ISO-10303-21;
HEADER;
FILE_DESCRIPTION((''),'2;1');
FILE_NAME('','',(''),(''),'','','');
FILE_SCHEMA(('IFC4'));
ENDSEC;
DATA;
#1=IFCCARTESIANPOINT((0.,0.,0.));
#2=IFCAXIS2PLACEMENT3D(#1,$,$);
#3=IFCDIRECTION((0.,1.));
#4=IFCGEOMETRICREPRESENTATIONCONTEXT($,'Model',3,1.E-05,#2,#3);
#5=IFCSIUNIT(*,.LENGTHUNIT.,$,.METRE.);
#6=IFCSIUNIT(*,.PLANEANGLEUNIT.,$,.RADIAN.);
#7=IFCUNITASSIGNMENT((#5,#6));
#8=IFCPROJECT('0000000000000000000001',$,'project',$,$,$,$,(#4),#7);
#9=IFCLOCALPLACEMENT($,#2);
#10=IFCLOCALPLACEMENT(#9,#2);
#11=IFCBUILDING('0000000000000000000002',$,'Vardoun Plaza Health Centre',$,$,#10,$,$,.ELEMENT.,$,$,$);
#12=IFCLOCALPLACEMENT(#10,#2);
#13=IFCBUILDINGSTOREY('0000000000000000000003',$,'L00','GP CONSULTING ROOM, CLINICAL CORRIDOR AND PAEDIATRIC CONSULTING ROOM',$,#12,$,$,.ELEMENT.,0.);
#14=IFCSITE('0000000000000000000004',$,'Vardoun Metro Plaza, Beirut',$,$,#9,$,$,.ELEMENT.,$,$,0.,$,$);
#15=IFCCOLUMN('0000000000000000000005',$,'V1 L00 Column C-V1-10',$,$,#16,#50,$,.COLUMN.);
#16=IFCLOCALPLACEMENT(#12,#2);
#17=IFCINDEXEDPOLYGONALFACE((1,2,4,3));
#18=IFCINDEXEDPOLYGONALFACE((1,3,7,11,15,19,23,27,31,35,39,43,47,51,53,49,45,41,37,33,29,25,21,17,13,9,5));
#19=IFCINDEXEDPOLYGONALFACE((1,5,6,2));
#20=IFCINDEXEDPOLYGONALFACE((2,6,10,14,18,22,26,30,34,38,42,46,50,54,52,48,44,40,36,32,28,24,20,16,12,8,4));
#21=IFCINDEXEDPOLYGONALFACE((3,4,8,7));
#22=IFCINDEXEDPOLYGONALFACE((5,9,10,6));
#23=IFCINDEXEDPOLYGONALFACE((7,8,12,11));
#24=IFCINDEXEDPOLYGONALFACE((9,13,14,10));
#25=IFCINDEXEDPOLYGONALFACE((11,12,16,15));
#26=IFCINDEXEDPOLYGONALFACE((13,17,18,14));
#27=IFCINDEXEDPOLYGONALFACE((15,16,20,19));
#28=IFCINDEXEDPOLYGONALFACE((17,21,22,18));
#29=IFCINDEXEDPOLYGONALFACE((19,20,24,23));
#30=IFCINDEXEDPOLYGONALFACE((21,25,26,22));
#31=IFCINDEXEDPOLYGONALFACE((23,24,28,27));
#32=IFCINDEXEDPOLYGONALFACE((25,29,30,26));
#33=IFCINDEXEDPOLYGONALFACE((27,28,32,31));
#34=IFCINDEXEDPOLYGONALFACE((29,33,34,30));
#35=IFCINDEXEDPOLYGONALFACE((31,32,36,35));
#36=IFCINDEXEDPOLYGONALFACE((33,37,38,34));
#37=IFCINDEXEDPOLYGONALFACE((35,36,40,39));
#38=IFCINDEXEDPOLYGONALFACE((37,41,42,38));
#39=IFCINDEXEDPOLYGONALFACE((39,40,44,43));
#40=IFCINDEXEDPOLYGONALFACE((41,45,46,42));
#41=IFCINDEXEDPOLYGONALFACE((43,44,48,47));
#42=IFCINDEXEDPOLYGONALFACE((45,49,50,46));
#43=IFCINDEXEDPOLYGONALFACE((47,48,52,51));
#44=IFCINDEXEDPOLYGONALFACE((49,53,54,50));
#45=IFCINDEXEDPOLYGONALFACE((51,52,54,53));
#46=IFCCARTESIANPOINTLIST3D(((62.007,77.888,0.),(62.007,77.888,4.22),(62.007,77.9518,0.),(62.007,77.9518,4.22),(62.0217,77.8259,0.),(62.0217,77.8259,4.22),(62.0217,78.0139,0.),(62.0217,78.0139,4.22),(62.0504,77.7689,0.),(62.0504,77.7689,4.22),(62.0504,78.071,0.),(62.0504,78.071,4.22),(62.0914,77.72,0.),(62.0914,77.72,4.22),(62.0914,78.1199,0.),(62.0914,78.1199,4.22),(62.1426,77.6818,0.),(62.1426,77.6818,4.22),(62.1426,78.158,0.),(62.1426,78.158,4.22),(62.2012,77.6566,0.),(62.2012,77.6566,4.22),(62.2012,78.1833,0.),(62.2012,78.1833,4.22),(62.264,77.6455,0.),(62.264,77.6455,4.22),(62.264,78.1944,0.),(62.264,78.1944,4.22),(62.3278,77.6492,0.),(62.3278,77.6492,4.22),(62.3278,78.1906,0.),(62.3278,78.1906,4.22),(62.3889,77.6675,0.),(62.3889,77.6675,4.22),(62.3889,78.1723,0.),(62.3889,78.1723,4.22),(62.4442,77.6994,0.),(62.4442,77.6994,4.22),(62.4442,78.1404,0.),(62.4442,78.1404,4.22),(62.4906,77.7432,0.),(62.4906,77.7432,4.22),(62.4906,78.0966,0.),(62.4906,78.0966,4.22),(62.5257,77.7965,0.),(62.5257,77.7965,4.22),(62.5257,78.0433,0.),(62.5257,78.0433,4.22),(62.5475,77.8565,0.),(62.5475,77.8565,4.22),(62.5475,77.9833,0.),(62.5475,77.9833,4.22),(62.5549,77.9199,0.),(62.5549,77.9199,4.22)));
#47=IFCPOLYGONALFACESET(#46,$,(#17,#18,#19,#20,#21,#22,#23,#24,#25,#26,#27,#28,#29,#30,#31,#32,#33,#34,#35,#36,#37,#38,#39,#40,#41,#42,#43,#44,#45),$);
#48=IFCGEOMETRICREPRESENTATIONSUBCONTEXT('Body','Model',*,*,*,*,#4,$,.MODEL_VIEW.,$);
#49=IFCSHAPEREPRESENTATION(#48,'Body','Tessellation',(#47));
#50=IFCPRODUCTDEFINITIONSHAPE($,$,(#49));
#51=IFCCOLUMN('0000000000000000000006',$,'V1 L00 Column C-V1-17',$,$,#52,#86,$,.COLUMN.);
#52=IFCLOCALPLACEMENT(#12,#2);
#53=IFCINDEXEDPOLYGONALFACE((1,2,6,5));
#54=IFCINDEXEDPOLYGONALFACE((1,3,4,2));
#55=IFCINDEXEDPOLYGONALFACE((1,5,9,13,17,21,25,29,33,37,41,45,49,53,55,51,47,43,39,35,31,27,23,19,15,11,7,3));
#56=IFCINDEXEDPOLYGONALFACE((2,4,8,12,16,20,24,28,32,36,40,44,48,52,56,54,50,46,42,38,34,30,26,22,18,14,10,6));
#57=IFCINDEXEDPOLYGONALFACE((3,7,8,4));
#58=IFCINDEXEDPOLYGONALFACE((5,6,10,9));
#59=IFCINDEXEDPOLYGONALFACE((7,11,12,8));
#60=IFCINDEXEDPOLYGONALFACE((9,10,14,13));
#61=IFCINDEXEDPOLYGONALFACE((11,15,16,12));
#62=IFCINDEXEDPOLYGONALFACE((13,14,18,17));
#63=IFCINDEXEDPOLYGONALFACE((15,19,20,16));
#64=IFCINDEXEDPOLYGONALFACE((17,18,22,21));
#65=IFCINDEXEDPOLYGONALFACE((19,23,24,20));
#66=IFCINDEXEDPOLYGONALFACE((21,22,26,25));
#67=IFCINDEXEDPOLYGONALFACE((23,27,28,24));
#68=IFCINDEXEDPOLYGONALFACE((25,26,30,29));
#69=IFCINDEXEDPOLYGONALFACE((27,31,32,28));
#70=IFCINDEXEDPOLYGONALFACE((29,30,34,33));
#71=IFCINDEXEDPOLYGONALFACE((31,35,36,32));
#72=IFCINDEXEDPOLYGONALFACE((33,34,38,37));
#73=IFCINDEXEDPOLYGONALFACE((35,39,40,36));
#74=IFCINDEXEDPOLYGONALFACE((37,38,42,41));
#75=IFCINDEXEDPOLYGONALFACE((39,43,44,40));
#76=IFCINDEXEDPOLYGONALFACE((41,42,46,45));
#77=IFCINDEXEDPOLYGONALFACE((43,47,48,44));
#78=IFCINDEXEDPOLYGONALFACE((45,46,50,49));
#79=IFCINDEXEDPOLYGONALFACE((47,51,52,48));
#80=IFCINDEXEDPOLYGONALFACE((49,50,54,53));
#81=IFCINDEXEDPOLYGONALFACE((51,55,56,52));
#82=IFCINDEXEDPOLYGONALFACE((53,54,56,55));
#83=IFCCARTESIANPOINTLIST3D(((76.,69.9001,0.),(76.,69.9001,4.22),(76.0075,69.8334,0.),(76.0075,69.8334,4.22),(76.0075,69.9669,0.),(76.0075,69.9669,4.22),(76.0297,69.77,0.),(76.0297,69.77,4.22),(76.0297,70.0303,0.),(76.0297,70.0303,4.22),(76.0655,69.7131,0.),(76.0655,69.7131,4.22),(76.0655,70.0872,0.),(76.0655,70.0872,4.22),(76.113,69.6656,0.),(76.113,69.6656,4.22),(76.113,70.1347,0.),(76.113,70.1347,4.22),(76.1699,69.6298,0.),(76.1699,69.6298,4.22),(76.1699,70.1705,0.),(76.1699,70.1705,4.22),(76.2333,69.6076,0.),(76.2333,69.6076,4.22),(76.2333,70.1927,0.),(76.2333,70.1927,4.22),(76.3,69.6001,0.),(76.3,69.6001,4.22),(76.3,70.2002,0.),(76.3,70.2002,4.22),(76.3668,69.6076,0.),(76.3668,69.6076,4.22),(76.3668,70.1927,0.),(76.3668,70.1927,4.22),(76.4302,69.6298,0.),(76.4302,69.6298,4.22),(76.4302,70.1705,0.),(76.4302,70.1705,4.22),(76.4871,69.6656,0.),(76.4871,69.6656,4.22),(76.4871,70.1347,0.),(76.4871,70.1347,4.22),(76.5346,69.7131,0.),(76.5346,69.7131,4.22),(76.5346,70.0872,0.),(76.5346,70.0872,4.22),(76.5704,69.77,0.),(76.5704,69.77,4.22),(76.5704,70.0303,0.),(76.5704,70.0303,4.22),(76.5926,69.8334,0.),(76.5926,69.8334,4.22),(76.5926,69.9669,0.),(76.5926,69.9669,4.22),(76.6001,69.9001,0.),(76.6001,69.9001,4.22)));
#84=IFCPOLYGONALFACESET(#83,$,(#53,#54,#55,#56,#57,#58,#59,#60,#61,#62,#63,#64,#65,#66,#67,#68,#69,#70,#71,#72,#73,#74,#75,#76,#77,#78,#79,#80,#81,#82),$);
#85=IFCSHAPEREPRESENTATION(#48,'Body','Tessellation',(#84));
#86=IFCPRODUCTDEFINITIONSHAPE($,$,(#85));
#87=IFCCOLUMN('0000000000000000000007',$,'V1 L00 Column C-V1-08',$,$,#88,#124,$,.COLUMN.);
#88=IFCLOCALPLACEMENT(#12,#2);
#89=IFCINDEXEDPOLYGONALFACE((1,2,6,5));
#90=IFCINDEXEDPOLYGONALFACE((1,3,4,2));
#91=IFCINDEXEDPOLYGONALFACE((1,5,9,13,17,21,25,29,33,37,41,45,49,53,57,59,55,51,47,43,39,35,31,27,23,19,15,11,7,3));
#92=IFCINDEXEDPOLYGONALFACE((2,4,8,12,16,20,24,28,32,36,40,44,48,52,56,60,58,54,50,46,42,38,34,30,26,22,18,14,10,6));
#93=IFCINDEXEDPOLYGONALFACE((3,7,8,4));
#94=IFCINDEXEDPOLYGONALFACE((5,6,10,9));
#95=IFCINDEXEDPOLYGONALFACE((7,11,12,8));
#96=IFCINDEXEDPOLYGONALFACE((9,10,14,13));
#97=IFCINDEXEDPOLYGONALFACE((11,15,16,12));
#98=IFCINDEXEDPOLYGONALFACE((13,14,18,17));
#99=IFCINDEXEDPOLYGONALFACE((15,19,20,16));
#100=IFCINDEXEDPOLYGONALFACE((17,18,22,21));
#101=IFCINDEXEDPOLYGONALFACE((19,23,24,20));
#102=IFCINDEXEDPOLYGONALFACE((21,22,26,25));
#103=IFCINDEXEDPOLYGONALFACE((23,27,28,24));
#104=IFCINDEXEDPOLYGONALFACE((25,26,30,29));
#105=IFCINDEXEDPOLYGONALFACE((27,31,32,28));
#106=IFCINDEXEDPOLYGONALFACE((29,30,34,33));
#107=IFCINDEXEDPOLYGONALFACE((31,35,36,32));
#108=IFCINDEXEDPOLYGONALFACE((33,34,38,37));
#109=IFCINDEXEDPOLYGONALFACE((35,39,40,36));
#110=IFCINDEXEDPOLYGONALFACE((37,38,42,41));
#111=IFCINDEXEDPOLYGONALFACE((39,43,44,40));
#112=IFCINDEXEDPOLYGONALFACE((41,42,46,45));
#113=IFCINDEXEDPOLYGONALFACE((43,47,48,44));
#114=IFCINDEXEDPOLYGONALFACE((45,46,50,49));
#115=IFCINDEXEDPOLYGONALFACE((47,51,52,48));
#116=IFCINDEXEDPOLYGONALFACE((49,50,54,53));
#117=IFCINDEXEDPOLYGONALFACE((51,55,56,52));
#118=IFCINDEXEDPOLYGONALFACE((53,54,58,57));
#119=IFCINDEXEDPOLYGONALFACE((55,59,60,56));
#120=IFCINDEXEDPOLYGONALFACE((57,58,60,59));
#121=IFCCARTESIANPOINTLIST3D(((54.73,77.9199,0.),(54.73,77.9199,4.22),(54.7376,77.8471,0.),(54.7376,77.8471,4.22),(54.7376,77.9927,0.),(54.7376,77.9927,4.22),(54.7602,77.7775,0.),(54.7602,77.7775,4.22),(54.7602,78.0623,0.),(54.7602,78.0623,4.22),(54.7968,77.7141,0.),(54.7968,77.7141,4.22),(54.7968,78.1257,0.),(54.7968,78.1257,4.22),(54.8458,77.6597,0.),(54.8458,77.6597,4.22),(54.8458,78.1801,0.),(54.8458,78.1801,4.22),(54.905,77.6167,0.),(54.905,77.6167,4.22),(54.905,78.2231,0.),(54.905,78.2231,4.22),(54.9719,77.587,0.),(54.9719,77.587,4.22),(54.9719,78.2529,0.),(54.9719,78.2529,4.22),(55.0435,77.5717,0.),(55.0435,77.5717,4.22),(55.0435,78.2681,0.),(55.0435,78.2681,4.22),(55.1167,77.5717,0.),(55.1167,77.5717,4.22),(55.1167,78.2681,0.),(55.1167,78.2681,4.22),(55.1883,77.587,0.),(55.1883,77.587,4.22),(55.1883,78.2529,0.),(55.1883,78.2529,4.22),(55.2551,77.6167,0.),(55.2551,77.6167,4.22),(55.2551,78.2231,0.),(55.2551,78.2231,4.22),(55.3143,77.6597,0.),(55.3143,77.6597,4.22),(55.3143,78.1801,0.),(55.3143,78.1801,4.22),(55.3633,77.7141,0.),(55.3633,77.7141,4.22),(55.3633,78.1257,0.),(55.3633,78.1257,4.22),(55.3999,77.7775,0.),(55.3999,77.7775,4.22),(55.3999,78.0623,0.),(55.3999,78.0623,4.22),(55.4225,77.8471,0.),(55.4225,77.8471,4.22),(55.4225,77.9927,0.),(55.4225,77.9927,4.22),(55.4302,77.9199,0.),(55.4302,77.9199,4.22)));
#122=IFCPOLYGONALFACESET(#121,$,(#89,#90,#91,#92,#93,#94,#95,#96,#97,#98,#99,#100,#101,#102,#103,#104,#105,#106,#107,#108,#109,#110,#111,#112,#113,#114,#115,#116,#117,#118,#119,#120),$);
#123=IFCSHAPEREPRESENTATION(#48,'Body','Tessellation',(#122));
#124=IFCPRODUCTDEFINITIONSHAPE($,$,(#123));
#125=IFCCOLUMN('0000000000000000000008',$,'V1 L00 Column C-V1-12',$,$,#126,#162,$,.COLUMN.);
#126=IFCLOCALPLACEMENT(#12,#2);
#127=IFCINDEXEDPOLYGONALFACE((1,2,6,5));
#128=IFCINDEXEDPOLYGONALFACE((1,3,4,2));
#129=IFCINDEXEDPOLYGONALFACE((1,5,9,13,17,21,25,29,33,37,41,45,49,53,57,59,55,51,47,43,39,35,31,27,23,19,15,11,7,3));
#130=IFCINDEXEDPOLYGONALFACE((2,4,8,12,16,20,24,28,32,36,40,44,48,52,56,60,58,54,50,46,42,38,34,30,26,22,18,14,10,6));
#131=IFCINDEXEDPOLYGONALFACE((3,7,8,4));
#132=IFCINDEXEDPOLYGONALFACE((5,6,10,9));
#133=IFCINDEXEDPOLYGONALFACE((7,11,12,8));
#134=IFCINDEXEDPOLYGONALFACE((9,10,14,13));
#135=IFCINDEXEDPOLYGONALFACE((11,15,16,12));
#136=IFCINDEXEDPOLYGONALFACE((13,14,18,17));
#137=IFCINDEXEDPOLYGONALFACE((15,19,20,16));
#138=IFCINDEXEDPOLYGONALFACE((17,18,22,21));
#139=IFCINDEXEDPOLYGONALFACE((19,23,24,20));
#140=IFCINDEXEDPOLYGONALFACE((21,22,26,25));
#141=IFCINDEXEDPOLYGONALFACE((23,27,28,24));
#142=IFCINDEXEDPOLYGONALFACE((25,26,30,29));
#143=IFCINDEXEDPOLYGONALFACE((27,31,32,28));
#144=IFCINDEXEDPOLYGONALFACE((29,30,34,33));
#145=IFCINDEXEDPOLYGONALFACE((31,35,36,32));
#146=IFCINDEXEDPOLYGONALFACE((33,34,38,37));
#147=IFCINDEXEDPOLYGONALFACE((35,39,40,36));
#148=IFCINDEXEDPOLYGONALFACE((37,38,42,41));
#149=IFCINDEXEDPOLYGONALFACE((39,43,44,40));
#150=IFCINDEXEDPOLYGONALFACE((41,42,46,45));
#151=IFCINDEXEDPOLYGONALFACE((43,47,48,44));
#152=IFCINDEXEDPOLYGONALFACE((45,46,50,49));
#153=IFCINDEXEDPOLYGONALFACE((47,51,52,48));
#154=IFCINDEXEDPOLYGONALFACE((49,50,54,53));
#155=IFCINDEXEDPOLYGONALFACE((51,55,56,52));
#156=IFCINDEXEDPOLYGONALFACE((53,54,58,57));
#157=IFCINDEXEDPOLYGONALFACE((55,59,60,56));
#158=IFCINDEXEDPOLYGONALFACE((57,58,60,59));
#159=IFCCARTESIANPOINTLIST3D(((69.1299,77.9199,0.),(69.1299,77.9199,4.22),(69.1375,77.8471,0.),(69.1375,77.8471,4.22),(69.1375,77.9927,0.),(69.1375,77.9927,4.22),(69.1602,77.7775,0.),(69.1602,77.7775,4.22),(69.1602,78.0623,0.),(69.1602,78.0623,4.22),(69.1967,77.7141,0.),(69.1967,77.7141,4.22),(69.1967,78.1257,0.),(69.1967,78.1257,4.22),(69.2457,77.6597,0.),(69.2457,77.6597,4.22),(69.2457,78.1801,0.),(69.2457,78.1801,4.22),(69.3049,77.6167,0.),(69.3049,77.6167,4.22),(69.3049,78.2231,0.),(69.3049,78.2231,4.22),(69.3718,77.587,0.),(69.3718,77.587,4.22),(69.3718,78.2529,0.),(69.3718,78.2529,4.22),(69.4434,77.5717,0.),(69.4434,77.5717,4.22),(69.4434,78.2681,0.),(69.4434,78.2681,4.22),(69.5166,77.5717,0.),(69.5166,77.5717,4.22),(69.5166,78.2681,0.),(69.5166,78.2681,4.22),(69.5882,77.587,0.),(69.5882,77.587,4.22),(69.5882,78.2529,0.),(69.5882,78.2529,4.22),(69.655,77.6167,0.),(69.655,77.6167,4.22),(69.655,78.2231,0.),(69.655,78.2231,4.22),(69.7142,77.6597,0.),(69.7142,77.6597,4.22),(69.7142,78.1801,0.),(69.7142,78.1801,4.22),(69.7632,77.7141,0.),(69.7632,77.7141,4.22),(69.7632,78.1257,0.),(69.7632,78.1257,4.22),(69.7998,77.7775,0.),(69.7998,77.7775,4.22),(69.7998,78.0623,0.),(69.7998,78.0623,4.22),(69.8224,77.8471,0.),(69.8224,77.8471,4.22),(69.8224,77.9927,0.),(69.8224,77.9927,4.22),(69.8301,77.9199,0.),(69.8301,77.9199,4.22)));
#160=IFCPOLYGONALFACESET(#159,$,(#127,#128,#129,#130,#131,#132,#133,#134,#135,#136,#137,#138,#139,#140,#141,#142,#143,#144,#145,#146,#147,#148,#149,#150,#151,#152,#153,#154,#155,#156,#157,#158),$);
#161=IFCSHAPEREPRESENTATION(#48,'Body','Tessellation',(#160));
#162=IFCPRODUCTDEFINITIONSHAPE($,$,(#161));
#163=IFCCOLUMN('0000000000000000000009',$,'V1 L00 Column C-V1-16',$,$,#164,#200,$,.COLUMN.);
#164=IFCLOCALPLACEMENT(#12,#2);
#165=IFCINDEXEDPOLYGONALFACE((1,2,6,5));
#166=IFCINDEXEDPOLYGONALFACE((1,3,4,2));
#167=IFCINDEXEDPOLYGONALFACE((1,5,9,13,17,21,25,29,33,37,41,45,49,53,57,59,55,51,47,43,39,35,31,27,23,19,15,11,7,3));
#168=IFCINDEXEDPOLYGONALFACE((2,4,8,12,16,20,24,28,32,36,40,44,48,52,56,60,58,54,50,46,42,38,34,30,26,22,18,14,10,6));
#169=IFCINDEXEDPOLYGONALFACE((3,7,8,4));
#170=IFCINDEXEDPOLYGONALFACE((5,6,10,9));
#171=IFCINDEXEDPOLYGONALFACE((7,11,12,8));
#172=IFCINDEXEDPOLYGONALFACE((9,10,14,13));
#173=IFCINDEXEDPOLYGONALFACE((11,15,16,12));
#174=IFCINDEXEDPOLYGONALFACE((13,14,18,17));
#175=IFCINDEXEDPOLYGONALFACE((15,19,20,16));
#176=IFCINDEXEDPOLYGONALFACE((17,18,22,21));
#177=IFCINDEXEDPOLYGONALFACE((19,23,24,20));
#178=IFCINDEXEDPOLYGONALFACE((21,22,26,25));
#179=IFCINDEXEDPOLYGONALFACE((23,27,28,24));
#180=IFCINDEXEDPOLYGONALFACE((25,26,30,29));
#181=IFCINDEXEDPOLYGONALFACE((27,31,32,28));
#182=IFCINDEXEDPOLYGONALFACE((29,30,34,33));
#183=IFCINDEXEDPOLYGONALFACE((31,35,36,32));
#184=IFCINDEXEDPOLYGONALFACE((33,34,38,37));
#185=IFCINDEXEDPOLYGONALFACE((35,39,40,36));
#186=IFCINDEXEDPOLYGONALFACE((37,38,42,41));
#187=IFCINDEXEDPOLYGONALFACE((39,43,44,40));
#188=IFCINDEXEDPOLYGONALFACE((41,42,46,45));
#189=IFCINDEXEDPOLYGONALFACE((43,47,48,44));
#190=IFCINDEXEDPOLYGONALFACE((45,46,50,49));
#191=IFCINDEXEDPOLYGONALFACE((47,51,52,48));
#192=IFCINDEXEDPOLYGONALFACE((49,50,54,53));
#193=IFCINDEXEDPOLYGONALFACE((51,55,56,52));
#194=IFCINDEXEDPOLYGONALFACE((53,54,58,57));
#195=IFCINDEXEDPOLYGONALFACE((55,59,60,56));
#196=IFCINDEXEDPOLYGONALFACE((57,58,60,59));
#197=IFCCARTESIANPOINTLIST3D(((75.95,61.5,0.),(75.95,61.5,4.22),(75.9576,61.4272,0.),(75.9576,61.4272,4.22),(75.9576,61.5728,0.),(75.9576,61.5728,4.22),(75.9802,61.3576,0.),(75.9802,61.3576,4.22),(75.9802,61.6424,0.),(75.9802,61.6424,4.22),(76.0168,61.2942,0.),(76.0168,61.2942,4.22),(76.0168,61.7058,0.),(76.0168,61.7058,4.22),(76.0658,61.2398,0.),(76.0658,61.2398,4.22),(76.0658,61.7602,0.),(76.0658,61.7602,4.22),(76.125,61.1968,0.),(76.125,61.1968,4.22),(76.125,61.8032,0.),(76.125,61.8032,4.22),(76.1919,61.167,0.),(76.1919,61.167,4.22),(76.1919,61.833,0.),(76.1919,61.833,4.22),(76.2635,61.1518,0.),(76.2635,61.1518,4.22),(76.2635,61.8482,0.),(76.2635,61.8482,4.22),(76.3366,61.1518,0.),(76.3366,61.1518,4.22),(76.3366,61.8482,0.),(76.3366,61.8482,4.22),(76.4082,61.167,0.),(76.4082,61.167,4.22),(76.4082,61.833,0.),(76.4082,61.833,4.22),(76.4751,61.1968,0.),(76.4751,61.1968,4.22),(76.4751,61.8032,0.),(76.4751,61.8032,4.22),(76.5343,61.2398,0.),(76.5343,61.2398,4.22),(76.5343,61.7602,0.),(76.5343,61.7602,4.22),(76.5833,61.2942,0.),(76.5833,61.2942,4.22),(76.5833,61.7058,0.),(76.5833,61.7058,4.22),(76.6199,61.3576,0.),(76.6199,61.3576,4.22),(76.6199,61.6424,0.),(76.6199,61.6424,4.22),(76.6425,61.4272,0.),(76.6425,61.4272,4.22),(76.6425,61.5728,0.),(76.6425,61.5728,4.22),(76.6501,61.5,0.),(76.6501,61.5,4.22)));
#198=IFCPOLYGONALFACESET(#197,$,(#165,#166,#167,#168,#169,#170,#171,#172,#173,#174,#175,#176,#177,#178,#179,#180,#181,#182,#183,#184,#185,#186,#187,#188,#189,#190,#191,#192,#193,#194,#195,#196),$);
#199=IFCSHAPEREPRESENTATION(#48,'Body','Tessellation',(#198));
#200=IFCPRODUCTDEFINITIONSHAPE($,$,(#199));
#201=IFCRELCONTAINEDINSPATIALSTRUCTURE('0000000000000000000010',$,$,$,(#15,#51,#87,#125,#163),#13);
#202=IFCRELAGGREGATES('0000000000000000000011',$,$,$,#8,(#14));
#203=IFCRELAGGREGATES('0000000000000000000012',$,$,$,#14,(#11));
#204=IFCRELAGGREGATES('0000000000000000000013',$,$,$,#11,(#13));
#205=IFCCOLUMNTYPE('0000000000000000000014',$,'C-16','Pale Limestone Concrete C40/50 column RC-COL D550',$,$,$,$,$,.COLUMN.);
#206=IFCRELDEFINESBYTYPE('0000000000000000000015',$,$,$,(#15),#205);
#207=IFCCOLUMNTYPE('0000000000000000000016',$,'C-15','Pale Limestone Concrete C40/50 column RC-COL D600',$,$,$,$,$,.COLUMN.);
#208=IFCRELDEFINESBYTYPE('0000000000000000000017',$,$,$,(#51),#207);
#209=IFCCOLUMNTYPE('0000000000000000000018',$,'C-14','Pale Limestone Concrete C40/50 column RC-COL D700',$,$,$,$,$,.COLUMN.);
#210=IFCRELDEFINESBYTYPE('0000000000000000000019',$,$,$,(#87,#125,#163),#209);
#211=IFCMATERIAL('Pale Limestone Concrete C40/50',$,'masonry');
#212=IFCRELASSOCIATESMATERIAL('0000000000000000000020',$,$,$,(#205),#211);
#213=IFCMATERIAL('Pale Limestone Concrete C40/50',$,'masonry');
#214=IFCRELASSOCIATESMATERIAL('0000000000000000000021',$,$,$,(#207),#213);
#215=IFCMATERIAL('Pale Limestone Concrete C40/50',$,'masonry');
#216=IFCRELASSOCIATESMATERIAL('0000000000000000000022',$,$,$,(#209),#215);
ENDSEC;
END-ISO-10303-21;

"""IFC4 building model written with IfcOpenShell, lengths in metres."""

from ifc_helpers import new_model, si_unit, direction, frame, origin, origin_2d, place, context, subcontext, project, spatial, circle, extrude, material, material_profile, profile_set, type_object, element, save


model = new_model("IFC4")

# Units and contexts
model_context = context("Model", 3, precision=1e-05, world=origin(), true_north=direction((0.0, 1.0)))
body_context = subcontext(model_context, "Body", "Model", "MODEL_VIEW")
ifc_project = project(units=[si_unit("LENGTHUNIT", "METRE"), si_unit("PLANEANGLEUNIT", "RADIAN")], contexts=[model_context])

# Site, building, storey
site_placement = place(None, origin())
site = spatial("IfcSite", under=ifc_project, at=site_placement, Name="Vardoun Metro Plaza, Beirut", CompositionType="ELEMENT", RefElevation=0.0)
building_placement = place(site_placement, origin())
building = spatial("IfcBuilding", under=site, at=building_placement, Name="Vardoun Plaza Health Centre", CompositionType="ELEMENT")
storey_placement = place(building_placement, origin())
storey = spatial("IfcBuildingStorey", under=building, at=storey_placement, Name="L00", Description="GP CONSULTING ROOM, CLINICAL CORRIDOR AND PAEDIATRIC CONSULTING ROOM", CompositionType="ELEMENT", Elevation=0.0)

# Columns
ifc_material_1 = material(Name="Pale Limestone Concrete C40/50", Category="masonry")
ifc_material_profile_1 = material_profile(ifc_material_1, circle(Radius=0.2749, at=origin_2d()), Name="RC-COL D550")
ifc_profile_set_1 = profile_set([ifc_material_profile_1], Name="Pale Limestone Concrete C40/50")
column_type_1 = type_object("IfcColumnType", Name="C-16", Description="Pale Limestone Concrete C40/50 column RC-COL D550", PredefinedType="COLUMN", material=ifc_profile_set_1)
column_1_placement = place(storey_placement, frame((62.28, 77.9199, 0.0), z_axis=(0.0, 0.0, 1.0), x_axis=(1.0, 0.0, 0.0)))
element("IfcColumn", 1, at=column_1_placement, inside=storey, type_object=column_type_1, Name="V1 L00 Column C-V1-10", PredefinedType="COLUMN", context=body_context, shape_type="SweptSolid", body=[
    extrude(circle(Radius=0.2749, at=origin_2d()), origin(), (0.0, 0.0, 1.0), 4.22),
])
ifc_material_2 = material(Name="Pale Limestone Concrete C40/50", Category="masonry")
ifc_material_profile_2 = material_profile(ifc_material_2, circle(Radius=0.3, at=origin_2d()), Name="RC-COL D600")
ifc_profile_set_2 = profile_set([ifc_material_profile_2], Name="Pale Limestone Concrete C40/50")
column_type_2 = type_object("IfcColumnType", Name="C-15", Description="Pale Limestone Concrete C40/50 column RC-COL D600", PredefinedType="COLUMN", material=ifc_profile_set_2)
column_2_placement = place(storey_placement, frame((76.3, 69.9001, 0.0), z_axis=(0.0, 0.0, 1.0), x_axis=(1.0, 0.0, 0.0)))
element("IfcColumn", 2, at=column_2_placement, inside=storey, type_object=column_type_2, Name="V1 L00 Column C-V1-17", PredefinedType="COLUMN", context=body_context, shape_type="SweptSolid", body=[
    extrude(circle(Radius=0.3, at=origin_2d()), origin(), (0.0, 0.0, 1.0), 4.22),
])
ifc_material_3 = material(Name="Pale Limestone Concrete C40/50", Category="masonry")
ifc_material_profile_3 = material_profile(ifc_material_3, circle(Radius=0.3501, at=origin_2d()), Name="RC-COL D700")
ifc_profile_set_3 = profile_set([ifc_material_profile_3], Name="Pale Limestone Concrete C40/50")
column_type_3 = type_object("IfcColumnType", Name="C-14", Description="Pale Limestone Concrete C40/50 column RC-COL D700", PredefinedType="COLUMN", material=ifc_profile_set_3)
for number, where, z_axis, x_axis, name in (
    (3, (55.0801, 77.9199, 0.0), (0.0, 0.0, 1.0), (1.0, 0.0, 0.0), "V1 L00 Column C-V1-08"),
    (4, (69.48, 77.9199, 0.0), (0.0, 0.0, 1.0), (1.0, 0.0, 0.0), "V1 L00 Column C-V1-12"),
    (5, (76.3, 61.5, 0.0), (0.0, 0.0, 1.0), (1.0, 0.0, 0.0), "V1 L00 Column C-V1-16"),
):
    element("IfcColumn", number, at=place(storey_placement, frame(where, z_axis=z_axis, x_axis=x_axis)), inside=storey, type_object=column_type_3, Name=name, PredefinedType="COLUMN", context=body_context, shape_type="SweptSolid", body=[
        extrude(circle(Radius=0.3501, at=origin_2d()), origin(), (0.0, 0.0, 1.0), 4.22),
    ])

save(model, "model.ifc")
